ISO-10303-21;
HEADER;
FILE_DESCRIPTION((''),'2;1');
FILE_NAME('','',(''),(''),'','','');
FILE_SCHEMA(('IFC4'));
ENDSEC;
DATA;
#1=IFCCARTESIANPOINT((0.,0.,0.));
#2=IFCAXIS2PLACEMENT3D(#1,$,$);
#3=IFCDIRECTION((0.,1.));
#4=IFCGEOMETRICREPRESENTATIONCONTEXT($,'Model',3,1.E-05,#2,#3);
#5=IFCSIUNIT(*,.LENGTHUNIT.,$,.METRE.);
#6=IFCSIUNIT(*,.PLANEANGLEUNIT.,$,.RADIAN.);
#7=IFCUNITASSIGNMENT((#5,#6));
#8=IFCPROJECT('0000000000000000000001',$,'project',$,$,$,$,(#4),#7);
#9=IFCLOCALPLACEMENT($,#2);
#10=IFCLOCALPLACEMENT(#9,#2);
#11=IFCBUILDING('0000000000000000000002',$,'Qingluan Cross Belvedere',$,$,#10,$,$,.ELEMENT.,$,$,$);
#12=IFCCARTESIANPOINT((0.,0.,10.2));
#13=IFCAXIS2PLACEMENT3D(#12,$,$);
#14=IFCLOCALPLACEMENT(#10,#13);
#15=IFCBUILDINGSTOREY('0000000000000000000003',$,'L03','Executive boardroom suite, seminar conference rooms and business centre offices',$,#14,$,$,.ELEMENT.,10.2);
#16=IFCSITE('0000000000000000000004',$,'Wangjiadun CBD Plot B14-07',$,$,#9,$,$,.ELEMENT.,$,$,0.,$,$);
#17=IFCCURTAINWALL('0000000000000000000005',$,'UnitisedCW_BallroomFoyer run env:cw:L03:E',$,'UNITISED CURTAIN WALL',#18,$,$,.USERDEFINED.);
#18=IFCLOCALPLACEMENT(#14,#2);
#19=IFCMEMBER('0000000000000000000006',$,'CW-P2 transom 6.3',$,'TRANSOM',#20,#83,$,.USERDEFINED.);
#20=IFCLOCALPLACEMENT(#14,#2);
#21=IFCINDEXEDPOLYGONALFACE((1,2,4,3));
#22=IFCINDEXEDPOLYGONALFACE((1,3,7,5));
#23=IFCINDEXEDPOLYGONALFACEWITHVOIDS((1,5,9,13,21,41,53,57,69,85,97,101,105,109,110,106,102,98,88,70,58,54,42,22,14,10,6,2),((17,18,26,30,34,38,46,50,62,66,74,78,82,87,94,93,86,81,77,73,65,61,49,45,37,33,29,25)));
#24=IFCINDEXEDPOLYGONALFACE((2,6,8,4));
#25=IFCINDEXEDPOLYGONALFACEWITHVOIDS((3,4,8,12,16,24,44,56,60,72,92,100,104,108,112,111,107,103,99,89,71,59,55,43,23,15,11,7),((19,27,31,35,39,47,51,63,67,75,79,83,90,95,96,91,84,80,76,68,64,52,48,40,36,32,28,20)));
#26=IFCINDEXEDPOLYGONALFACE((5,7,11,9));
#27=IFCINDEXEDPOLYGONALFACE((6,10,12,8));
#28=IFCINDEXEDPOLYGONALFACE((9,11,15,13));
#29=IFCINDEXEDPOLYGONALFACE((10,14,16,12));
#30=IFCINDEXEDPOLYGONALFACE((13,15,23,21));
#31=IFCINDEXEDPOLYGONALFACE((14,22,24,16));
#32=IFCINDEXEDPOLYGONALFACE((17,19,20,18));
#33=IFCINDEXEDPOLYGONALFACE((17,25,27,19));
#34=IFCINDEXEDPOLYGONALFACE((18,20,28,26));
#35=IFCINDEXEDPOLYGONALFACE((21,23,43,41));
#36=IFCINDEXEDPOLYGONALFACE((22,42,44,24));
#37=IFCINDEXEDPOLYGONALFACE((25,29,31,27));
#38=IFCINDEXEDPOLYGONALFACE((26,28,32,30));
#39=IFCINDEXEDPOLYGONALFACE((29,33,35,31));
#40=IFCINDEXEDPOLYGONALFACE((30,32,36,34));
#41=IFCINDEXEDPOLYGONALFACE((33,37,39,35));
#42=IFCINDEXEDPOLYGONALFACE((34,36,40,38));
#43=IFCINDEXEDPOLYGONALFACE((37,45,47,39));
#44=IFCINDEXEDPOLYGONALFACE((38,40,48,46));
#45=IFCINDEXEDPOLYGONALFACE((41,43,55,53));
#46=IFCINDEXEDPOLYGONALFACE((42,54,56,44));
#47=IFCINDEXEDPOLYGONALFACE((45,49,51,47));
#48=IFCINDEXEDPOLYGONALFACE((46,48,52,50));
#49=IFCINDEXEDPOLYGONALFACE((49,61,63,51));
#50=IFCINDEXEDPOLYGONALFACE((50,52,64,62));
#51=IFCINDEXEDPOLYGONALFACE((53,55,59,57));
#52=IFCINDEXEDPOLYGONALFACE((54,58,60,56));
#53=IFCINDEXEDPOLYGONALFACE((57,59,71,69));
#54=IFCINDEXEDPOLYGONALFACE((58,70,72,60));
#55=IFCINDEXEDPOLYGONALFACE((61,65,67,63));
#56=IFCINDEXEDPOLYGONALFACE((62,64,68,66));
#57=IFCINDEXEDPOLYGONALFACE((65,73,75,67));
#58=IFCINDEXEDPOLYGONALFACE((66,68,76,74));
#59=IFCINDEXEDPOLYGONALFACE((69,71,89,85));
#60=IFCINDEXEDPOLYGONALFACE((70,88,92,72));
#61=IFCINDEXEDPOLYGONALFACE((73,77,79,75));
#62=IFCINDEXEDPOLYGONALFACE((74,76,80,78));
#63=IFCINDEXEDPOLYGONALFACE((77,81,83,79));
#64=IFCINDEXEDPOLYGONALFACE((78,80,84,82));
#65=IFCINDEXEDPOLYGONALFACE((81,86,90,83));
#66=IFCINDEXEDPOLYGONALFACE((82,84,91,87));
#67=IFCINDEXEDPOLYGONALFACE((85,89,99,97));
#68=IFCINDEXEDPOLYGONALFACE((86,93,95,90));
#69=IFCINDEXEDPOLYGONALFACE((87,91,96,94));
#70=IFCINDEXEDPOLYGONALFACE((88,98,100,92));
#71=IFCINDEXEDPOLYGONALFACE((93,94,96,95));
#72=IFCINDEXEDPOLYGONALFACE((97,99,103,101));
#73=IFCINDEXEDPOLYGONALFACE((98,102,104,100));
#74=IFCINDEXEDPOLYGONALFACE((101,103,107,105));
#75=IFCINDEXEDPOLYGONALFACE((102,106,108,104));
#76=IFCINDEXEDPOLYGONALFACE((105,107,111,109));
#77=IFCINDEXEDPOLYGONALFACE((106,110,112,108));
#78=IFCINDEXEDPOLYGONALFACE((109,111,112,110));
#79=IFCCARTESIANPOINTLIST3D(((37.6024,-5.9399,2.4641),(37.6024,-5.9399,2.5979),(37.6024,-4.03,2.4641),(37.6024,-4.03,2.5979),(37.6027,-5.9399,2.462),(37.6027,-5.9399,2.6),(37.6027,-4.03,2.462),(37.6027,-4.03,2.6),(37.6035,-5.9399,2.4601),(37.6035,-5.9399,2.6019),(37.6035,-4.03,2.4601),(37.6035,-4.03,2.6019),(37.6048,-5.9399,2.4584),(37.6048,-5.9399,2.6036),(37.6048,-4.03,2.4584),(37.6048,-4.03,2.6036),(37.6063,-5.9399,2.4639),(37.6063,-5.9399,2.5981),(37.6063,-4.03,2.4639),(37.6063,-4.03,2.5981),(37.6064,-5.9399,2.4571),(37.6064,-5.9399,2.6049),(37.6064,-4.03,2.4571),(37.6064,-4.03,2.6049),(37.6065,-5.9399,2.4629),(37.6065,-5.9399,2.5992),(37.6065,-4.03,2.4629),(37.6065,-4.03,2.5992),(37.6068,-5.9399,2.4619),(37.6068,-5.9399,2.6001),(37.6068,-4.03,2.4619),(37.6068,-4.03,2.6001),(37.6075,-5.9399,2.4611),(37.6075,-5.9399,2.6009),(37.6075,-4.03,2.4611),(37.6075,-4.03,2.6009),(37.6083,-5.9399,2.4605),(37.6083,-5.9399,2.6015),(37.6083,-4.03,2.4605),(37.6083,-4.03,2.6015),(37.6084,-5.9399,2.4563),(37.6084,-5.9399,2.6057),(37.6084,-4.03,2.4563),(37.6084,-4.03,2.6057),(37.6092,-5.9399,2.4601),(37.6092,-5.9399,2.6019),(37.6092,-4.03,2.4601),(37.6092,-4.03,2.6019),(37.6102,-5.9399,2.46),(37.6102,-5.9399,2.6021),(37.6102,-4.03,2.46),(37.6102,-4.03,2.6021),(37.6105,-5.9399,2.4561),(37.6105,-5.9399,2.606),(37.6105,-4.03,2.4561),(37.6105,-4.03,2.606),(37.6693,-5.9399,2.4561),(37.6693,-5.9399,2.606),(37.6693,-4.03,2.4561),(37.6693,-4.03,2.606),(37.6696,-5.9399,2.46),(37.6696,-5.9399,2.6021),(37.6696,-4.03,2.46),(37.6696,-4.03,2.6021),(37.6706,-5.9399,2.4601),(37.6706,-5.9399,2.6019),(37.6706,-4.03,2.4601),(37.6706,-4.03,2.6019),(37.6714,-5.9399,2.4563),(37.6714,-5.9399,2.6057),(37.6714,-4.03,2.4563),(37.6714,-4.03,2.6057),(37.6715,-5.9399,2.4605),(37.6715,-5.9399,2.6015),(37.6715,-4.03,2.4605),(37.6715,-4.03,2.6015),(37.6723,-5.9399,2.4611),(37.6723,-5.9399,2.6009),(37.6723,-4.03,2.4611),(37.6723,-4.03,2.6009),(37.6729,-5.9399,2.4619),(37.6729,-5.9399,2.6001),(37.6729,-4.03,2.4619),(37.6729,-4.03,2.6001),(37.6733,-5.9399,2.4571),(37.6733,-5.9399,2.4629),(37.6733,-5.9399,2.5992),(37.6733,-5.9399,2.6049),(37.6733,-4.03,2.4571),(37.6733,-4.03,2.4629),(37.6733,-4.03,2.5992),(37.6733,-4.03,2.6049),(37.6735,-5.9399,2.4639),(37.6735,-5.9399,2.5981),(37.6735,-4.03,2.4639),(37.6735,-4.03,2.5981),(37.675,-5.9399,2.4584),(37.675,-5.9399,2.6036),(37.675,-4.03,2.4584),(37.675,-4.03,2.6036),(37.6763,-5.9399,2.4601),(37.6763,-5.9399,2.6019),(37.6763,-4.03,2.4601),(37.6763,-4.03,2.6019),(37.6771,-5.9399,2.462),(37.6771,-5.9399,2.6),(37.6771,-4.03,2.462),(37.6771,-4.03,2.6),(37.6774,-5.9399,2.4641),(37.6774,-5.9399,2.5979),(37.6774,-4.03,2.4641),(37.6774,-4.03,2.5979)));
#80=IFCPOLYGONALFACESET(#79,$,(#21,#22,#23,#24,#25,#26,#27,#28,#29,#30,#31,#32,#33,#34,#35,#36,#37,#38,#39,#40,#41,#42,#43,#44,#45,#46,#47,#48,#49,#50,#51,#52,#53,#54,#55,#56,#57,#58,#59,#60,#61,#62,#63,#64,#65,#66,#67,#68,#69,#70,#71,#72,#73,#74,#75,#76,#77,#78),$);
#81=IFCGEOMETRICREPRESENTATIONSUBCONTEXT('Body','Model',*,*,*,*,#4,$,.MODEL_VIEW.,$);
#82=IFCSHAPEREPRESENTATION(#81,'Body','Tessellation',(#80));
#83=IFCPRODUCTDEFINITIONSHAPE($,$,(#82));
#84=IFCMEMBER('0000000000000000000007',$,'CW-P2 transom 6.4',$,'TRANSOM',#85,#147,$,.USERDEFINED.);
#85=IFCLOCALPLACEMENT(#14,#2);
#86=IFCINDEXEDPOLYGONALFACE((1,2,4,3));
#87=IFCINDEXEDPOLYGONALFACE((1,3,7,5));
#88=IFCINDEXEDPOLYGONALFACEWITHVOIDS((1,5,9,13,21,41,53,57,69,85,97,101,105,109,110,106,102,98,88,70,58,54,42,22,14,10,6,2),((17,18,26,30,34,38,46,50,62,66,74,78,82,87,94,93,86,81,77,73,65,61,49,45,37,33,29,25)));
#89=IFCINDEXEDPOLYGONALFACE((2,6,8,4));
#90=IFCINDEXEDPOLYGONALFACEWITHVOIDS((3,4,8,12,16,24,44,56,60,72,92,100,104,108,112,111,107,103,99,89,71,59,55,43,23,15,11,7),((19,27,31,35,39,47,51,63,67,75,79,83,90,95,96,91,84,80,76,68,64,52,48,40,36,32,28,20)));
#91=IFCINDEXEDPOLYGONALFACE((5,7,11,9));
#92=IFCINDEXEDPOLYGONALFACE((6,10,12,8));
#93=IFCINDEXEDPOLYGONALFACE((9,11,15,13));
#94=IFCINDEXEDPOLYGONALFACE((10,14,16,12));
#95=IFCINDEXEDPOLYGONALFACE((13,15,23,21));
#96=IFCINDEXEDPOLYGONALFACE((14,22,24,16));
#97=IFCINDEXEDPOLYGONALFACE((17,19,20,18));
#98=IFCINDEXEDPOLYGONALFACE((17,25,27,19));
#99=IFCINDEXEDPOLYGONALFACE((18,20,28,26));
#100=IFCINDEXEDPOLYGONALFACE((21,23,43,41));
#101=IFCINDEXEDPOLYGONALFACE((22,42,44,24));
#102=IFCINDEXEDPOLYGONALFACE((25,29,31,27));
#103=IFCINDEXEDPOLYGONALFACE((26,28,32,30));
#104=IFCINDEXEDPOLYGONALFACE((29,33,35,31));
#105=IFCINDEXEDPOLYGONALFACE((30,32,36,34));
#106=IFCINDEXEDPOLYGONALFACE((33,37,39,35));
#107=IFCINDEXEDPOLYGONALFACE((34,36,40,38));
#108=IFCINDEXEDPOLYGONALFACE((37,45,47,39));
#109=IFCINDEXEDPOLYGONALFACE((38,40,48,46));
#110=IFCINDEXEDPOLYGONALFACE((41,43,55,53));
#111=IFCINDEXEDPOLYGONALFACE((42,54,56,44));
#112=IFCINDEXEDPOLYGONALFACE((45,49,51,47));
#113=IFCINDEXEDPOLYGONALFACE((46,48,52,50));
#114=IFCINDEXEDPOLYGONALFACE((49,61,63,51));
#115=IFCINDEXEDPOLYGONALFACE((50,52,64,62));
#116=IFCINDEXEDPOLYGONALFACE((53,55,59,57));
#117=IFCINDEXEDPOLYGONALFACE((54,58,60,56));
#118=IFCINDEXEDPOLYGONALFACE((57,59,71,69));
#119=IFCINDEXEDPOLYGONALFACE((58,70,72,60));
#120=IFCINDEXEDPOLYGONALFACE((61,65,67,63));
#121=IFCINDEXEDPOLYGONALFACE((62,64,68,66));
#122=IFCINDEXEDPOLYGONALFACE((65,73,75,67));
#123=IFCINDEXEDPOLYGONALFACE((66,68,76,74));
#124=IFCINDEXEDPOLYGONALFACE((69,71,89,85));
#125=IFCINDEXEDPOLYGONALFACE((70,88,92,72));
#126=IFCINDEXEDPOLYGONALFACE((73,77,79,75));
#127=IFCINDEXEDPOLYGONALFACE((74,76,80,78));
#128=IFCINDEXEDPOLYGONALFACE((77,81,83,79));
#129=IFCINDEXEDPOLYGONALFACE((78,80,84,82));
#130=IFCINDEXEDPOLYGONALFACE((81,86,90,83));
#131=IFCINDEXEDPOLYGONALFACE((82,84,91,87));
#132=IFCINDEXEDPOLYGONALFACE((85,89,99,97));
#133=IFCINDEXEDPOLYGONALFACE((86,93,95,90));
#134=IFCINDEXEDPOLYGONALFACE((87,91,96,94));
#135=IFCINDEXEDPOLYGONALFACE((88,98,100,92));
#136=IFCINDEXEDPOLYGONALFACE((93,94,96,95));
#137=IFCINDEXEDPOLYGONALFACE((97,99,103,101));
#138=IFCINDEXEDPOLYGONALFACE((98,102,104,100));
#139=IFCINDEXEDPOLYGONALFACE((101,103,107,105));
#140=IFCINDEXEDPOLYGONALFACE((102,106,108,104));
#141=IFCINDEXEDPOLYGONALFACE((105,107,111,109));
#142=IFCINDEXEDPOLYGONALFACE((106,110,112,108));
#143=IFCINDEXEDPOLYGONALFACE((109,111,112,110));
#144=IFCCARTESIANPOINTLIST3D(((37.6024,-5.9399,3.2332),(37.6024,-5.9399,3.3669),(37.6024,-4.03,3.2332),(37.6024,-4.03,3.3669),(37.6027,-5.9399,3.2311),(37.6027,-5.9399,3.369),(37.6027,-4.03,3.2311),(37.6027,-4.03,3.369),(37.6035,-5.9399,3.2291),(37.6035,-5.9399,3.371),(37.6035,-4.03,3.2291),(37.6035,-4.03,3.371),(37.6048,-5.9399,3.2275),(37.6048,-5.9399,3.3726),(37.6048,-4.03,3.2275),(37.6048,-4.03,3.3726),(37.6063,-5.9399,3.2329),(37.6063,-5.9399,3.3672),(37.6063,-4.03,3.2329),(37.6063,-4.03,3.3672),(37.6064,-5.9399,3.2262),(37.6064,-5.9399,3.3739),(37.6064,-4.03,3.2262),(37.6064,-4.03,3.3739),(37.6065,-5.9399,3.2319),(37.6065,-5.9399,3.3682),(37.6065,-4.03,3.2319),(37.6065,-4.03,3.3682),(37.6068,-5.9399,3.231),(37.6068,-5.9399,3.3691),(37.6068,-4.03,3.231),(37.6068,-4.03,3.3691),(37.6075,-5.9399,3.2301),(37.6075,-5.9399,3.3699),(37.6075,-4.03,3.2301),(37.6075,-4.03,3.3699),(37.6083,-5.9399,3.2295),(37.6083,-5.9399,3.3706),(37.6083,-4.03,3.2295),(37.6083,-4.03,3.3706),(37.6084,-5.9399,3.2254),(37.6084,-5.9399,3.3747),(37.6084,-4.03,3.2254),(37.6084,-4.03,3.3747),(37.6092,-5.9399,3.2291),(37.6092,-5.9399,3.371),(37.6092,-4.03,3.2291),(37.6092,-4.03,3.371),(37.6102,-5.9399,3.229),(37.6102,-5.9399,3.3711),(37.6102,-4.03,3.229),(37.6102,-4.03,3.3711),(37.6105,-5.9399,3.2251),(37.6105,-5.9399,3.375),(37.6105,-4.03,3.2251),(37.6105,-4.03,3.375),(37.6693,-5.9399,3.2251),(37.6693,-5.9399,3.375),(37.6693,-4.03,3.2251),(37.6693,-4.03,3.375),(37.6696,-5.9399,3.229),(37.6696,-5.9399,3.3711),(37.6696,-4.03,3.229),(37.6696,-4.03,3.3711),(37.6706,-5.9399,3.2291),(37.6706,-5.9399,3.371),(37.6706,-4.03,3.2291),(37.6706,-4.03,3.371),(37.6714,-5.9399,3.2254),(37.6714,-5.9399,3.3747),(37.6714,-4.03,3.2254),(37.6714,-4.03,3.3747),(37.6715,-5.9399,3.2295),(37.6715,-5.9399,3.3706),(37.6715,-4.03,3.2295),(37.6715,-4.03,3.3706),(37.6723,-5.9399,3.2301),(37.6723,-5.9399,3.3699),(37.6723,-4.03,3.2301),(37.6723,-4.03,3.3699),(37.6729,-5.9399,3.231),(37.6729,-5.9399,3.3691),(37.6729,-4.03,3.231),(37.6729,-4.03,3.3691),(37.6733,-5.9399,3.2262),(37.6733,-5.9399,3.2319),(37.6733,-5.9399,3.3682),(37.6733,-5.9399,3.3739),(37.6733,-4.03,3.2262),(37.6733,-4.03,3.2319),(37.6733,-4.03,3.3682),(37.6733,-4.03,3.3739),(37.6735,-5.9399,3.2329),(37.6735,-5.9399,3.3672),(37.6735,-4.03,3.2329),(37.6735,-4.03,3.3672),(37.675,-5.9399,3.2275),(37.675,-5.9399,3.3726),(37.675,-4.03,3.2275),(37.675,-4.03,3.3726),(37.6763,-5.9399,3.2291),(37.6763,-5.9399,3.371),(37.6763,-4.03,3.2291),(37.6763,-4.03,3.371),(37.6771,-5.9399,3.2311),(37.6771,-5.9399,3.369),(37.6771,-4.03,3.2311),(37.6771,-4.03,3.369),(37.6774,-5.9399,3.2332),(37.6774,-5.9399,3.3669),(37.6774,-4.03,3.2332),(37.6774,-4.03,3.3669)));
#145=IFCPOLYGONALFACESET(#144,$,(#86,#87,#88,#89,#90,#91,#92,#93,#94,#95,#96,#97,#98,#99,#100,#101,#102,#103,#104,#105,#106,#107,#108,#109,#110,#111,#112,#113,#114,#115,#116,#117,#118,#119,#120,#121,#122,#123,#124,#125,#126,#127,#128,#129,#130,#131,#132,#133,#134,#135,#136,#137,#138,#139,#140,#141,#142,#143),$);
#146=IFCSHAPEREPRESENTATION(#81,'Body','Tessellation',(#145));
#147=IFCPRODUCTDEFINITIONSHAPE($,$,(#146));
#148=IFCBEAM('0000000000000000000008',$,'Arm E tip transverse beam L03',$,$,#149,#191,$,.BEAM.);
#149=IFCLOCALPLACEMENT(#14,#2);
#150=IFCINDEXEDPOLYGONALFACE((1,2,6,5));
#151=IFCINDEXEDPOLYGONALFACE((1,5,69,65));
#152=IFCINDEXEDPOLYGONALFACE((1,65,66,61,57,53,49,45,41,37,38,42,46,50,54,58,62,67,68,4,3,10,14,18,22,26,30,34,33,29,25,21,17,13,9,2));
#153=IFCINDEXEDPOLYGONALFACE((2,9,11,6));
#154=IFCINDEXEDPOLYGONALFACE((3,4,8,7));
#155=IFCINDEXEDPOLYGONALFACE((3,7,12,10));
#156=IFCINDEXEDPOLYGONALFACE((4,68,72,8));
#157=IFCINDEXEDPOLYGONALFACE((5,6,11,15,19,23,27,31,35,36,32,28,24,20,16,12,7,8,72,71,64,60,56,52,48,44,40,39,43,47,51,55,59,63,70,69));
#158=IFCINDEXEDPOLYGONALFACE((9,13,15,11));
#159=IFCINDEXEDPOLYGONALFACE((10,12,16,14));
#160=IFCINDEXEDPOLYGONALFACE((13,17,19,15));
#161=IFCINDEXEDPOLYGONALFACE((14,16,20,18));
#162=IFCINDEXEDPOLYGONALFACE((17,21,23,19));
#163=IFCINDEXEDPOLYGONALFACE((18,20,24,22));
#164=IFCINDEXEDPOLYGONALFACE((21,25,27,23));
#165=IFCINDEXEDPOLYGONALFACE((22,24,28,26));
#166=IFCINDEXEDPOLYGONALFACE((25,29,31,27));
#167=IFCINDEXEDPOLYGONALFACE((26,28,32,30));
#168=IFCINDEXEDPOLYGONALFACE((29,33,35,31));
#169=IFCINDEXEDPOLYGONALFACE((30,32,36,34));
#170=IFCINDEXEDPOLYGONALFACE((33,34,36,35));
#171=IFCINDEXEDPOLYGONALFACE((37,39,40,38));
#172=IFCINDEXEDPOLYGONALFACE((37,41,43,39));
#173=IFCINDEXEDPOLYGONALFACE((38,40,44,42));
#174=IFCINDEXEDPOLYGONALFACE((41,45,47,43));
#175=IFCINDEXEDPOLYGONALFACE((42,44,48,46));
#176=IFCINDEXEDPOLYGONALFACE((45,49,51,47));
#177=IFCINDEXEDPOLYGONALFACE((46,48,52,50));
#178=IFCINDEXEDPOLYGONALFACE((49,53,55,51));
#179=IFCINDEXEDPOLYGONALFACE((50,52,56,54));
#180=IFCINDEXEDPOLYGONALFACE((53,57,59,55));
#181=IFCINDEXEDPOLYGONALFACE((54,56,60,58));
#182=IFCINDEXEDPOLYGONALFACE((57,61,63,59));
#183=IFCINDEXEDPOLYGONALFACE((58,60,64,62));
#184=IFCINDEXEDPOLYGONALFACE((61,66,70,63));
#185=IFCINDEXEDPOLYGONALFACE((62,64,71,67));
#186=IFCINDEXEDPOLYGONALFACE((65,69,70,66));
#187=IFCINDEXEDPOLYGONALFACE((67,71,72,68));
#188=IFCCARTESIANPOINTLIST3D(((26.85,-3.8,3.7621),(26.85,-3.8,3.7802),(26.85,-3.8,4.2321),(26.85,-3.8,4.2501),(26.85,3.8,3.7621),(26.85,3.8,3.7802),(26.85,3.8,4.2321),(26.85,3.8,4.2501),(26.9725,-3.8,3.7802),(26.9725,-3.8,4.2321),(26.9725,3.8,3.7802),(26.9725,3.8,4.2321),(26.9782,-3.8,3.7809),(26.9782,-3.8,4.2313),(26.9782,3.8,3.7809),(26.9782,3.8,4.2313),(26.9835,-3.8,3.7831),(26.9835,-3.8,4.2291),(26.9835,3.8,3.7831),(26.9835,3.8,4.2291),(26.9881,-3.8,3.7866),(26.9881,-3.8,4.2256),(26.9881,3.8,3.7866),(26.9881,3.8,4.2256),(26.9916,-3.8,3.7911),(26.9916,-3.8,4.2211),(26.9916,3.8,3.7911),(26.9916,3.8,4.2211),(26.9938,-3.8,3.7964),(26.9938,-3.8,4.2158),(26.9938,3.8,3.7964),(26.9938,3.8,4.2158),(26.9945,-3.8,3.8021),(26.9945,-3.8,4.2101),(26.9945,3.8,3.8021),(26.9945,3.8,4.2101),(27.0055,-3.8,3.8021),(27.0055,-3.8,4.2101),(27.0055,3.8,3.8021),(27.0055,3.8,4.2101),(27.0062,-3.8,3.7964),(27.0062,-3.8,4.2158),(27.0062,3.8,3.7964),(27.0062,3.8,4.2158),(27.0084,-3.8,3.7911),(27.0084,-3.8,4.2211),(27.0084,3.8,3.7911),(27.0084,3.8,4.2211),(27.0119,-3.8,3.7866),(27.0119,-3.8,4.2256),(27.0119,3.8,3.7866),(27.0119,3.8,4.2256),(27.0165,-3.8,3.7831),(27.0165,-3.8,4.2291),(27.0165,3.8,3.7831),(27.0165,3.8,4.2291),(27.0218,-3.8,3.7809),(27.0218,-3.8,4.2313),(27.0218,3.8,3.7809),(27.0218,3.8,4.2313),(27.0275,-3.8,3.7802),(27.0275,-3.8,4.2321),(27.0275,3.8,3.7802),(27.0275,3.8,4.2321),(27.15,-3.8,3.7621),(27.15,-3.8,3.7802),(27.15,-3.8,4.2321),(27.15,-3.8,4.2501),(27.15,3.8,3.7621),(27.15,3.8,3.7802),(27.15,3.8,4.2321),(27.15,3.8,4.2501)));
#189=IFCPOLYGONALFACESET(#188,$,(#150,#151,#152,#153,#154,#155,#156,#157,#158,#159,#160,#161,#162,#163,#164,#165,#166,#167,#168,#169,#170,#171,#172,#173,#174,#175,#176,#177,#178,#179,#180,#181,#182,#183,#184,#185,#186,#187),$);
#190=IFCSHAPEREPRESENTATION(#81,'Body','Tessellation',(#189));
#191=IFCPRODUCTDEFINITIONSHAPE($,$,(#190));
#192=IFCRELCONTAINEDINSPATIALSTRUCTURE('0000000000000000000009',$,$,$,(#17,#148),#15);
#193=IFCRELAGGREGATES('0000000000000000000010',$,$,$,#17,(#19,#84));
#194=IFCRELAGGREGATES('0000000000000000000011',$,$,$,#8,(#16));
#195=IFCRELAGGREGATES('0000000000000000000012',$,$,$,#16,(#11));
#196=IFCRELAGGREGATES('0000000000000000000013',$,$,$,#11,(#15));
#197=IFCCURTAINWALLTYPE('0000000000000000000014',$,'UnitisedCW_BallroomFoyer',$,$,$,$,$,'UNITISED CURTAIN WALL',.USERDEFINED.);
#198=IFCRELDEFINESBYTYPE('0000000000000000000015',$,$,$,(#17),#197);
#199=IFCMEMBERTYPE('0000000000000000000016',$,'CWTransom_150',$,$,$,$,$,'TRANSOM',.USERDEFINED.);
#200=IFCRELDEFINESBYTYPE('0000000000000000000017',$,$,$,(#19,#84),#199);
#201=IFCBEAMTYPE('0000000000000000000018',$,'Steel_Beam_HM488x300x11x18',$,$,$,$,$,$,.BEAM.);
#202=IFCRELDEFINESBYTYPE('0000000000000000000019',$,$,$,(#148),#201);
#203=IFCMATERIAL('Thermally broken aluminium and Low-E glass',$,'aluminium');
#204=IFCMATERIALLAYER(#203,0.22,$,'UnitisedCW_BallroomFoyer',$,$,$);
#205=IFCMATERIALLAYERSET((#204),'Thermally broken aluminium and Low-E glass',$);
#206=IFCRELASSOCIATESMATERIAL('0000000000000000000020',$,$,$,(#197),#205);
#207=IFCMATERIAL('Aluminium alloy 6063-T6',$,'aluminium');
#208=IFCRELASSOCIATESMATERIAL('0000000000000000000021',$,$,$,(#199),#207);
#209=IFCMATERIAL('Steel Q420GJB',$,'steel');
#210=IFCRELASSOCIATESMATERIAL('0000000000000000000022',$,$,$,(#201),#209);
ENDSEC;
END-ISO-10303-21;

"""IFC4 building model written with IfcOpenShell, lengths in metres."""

from ifc_helpers import new_model, si_unit, direction, frame, origin, origin_2d, place, context, subcontext, project, spatial, hollow_rectangle, i_section, extrude, material, layer, layer_set, material_profile, profile_set, type_object, element, aggregate, save


model = new_model("IFC4")

# Units and contexts
model_context = context("Model", 3, precision=1e-05, world=origin(), true_north=direction((0.0, 1.0)))
body_context = subcontext(model_context, "Body", "Model", "MODEL_VIEW")
ifc_project = project(units=[si_unit("LENGTHUNIT", "METRE"), si_unit("PLANEANGLEUNIT", "RADIAN")], contexts=[model_context])

# Site, building, storey
site_placement = place(None, origin())
site = spatial("IfcSite", under=ifc_project, at=site_placement, Name="Wangjiadun CBD Plot B14-07", CompositionType="ELEMENT", RefElevation=0.0)
building_placement = place(site_placement, origin())
building = spatial("IfcBuilding", under=site, at=building_placement, Name="Qingluan Cross Belvedere", CompositionType="ELEMENT")
storey_placement = place(building_placement, frame((0.0, 0.0, 10.2)))
storey = spatial("IfcBuildingStorey", under=building, at=storey_placement, Name="L03", Description="Executive boardroom suite, seminar conference rooms and business centre offices", CompositionType="ELEMENT", Elevation=10.2)

# Curtain wall, members
ifc_material_1 = material(Name="Thermally broken aluminium and Low-E glass", Category="aluminium")
ifc_layer_1 = layer(ifc_material_1, 0.22, Name="UnitisedCW_BallroomFoyer")
ifc_layer_set_1 = layer_set([ifc_layer_1], Name="Thermally broken aluminium and Low-E glass")
curtain_wall_type = type_object("IfcCurtainWallType", Name="UnitisedCW_BallroomFoyer", ElementType="UNITISED CURTAIN WALL", PredefinedType="USERDEFINED", material=ifc_layer_set_1)
curtain_wall_placement = place(storey_placement, origin())
curtain_wall = element("IfcCurtainWall", 1, at=curtain_wall_placement, inside=storey, type_object=curtain_wall_type, Name="UnitisedCW_BallroomFoyer run env:cw:L03:E", ObjectType="UNITISED CURTAIN WALL", PredefinedType="USERDEFINED")
ifc_material_2 = material(Name="Aluminium alloy 6063-T6", Category="aluminium")
ifc_material_profile_1 = material_profile(ifc_material_2, hollow_rectangle(XDim=0.075, YDim=0.1499, WallThickness=0.0039, InnerFilletRadius=0.0039, OuterFilletRadius=0.0081, at=origin_2d()), Name="CWT150x75x4")
ifc_profile_set_1 = profile_set([ifc_material_profile_1], Name="Aluminium alloy 6063-T6")
member_type_1 = type_object("IfcMemberType", Name="CWTransom_150", ElementType="TRANSOM", PredefinedType="USERDEFINED", material=ifc_profile_set_1)
member_1_placement = place(storey_placement, frame((37.6399, -4.03, 2.531), z_axis=(0.0, -1.0, 0.0), x_axis=(1.0, 0.0, 0.0)))
member_1 = element("IfcMember", 2, at=member_1_placement, type_object=member_type_1, Name="CW-P2 transom 6.3", ObjectType="TRANSOM", PredefinedType="USERDEFINED", context=body_context, shape_type="SweptSolid", body=[
    extrude(hollow_rectangle(XDim=0.075, YDim=0.1499, WallThickness=0.0039, InnerFilletRadius=0.0039, OuterFilletRadius=0.0081, at=origin_2d()), origin(), (0.0, 0.0, 1.0), 1.9099),
])
member_2_placement = place(storey_placement, frame((37.6399, -4.03, 3.3), z_axis=(0.0, -1.0, 0.0), x_axis=(1.0, 0.0, 0.0)))
member_2 = element("IfcMember", 3, at=member_2_placement, type_object=member_type_1, Name="CW-P2 transom 6.4", ObjectType="TRANSOM", PredefinedType="USERDEFINED", context=body_context, shape_type="SweptSolid", body=[
    extrude(hollow_rectangle(XDim=0.075, YDim=0.1499, WallThickness=0.0039, InnerFilletRadius=0.0039, OuterFilletRadius=0.0081, at=origin_2d()), origin(), (0.0, 0.0, 1.0), 1.9099),
])

# Beam
ifc_material_3 = material(Name="Steel Q420GJB", Category="steel")
ifc_material_profile_2 = material_profile(ifc_material_3, i_section(OverallWidth=0.3, OverallDepth=0.488, WebThickness=0.011, FlangeThickness=0.0181, FilletRadius=0.022, at=origin_2d()), Name="HM488x300x11x18")
ifc_profile_set_2 = profile_set([ifc_material_profile_2], Name="Steel Q420GJB")
beam_type = type_object("IfcBeamType", Name="Steel_Beam_HM488x300x11x18", PredefinedType="BEAM", material=ifc_profile_set_2)
beam_placement = place(storey_placement, frame((27.0, -3.8, 4.0061), z_axis=(0.0, 1.0, 0.0), x_axis=(-1.0, 0.0, 0.0)))
element("IfcBeam", 4, at=beam_placement, inside=storey, type_object=beam_type, Name="Arm E tip transverse beam L03", PredefinedType="BEAM", context=body_context, shape_type="SweptSolid", body=[
    extrude(i_section(OverallWidth=0.3, OverallDepth=0.488, WebThickness=0.011, FlangeThickness=0.0181, FilletRadius=0.022, at=origin_2d()), origin(), (0.0, 0.0, 1.0), 7.6001),
])

aggregate(curtain_wall, [member_1, member_2])

save(model, "model.ifc")
